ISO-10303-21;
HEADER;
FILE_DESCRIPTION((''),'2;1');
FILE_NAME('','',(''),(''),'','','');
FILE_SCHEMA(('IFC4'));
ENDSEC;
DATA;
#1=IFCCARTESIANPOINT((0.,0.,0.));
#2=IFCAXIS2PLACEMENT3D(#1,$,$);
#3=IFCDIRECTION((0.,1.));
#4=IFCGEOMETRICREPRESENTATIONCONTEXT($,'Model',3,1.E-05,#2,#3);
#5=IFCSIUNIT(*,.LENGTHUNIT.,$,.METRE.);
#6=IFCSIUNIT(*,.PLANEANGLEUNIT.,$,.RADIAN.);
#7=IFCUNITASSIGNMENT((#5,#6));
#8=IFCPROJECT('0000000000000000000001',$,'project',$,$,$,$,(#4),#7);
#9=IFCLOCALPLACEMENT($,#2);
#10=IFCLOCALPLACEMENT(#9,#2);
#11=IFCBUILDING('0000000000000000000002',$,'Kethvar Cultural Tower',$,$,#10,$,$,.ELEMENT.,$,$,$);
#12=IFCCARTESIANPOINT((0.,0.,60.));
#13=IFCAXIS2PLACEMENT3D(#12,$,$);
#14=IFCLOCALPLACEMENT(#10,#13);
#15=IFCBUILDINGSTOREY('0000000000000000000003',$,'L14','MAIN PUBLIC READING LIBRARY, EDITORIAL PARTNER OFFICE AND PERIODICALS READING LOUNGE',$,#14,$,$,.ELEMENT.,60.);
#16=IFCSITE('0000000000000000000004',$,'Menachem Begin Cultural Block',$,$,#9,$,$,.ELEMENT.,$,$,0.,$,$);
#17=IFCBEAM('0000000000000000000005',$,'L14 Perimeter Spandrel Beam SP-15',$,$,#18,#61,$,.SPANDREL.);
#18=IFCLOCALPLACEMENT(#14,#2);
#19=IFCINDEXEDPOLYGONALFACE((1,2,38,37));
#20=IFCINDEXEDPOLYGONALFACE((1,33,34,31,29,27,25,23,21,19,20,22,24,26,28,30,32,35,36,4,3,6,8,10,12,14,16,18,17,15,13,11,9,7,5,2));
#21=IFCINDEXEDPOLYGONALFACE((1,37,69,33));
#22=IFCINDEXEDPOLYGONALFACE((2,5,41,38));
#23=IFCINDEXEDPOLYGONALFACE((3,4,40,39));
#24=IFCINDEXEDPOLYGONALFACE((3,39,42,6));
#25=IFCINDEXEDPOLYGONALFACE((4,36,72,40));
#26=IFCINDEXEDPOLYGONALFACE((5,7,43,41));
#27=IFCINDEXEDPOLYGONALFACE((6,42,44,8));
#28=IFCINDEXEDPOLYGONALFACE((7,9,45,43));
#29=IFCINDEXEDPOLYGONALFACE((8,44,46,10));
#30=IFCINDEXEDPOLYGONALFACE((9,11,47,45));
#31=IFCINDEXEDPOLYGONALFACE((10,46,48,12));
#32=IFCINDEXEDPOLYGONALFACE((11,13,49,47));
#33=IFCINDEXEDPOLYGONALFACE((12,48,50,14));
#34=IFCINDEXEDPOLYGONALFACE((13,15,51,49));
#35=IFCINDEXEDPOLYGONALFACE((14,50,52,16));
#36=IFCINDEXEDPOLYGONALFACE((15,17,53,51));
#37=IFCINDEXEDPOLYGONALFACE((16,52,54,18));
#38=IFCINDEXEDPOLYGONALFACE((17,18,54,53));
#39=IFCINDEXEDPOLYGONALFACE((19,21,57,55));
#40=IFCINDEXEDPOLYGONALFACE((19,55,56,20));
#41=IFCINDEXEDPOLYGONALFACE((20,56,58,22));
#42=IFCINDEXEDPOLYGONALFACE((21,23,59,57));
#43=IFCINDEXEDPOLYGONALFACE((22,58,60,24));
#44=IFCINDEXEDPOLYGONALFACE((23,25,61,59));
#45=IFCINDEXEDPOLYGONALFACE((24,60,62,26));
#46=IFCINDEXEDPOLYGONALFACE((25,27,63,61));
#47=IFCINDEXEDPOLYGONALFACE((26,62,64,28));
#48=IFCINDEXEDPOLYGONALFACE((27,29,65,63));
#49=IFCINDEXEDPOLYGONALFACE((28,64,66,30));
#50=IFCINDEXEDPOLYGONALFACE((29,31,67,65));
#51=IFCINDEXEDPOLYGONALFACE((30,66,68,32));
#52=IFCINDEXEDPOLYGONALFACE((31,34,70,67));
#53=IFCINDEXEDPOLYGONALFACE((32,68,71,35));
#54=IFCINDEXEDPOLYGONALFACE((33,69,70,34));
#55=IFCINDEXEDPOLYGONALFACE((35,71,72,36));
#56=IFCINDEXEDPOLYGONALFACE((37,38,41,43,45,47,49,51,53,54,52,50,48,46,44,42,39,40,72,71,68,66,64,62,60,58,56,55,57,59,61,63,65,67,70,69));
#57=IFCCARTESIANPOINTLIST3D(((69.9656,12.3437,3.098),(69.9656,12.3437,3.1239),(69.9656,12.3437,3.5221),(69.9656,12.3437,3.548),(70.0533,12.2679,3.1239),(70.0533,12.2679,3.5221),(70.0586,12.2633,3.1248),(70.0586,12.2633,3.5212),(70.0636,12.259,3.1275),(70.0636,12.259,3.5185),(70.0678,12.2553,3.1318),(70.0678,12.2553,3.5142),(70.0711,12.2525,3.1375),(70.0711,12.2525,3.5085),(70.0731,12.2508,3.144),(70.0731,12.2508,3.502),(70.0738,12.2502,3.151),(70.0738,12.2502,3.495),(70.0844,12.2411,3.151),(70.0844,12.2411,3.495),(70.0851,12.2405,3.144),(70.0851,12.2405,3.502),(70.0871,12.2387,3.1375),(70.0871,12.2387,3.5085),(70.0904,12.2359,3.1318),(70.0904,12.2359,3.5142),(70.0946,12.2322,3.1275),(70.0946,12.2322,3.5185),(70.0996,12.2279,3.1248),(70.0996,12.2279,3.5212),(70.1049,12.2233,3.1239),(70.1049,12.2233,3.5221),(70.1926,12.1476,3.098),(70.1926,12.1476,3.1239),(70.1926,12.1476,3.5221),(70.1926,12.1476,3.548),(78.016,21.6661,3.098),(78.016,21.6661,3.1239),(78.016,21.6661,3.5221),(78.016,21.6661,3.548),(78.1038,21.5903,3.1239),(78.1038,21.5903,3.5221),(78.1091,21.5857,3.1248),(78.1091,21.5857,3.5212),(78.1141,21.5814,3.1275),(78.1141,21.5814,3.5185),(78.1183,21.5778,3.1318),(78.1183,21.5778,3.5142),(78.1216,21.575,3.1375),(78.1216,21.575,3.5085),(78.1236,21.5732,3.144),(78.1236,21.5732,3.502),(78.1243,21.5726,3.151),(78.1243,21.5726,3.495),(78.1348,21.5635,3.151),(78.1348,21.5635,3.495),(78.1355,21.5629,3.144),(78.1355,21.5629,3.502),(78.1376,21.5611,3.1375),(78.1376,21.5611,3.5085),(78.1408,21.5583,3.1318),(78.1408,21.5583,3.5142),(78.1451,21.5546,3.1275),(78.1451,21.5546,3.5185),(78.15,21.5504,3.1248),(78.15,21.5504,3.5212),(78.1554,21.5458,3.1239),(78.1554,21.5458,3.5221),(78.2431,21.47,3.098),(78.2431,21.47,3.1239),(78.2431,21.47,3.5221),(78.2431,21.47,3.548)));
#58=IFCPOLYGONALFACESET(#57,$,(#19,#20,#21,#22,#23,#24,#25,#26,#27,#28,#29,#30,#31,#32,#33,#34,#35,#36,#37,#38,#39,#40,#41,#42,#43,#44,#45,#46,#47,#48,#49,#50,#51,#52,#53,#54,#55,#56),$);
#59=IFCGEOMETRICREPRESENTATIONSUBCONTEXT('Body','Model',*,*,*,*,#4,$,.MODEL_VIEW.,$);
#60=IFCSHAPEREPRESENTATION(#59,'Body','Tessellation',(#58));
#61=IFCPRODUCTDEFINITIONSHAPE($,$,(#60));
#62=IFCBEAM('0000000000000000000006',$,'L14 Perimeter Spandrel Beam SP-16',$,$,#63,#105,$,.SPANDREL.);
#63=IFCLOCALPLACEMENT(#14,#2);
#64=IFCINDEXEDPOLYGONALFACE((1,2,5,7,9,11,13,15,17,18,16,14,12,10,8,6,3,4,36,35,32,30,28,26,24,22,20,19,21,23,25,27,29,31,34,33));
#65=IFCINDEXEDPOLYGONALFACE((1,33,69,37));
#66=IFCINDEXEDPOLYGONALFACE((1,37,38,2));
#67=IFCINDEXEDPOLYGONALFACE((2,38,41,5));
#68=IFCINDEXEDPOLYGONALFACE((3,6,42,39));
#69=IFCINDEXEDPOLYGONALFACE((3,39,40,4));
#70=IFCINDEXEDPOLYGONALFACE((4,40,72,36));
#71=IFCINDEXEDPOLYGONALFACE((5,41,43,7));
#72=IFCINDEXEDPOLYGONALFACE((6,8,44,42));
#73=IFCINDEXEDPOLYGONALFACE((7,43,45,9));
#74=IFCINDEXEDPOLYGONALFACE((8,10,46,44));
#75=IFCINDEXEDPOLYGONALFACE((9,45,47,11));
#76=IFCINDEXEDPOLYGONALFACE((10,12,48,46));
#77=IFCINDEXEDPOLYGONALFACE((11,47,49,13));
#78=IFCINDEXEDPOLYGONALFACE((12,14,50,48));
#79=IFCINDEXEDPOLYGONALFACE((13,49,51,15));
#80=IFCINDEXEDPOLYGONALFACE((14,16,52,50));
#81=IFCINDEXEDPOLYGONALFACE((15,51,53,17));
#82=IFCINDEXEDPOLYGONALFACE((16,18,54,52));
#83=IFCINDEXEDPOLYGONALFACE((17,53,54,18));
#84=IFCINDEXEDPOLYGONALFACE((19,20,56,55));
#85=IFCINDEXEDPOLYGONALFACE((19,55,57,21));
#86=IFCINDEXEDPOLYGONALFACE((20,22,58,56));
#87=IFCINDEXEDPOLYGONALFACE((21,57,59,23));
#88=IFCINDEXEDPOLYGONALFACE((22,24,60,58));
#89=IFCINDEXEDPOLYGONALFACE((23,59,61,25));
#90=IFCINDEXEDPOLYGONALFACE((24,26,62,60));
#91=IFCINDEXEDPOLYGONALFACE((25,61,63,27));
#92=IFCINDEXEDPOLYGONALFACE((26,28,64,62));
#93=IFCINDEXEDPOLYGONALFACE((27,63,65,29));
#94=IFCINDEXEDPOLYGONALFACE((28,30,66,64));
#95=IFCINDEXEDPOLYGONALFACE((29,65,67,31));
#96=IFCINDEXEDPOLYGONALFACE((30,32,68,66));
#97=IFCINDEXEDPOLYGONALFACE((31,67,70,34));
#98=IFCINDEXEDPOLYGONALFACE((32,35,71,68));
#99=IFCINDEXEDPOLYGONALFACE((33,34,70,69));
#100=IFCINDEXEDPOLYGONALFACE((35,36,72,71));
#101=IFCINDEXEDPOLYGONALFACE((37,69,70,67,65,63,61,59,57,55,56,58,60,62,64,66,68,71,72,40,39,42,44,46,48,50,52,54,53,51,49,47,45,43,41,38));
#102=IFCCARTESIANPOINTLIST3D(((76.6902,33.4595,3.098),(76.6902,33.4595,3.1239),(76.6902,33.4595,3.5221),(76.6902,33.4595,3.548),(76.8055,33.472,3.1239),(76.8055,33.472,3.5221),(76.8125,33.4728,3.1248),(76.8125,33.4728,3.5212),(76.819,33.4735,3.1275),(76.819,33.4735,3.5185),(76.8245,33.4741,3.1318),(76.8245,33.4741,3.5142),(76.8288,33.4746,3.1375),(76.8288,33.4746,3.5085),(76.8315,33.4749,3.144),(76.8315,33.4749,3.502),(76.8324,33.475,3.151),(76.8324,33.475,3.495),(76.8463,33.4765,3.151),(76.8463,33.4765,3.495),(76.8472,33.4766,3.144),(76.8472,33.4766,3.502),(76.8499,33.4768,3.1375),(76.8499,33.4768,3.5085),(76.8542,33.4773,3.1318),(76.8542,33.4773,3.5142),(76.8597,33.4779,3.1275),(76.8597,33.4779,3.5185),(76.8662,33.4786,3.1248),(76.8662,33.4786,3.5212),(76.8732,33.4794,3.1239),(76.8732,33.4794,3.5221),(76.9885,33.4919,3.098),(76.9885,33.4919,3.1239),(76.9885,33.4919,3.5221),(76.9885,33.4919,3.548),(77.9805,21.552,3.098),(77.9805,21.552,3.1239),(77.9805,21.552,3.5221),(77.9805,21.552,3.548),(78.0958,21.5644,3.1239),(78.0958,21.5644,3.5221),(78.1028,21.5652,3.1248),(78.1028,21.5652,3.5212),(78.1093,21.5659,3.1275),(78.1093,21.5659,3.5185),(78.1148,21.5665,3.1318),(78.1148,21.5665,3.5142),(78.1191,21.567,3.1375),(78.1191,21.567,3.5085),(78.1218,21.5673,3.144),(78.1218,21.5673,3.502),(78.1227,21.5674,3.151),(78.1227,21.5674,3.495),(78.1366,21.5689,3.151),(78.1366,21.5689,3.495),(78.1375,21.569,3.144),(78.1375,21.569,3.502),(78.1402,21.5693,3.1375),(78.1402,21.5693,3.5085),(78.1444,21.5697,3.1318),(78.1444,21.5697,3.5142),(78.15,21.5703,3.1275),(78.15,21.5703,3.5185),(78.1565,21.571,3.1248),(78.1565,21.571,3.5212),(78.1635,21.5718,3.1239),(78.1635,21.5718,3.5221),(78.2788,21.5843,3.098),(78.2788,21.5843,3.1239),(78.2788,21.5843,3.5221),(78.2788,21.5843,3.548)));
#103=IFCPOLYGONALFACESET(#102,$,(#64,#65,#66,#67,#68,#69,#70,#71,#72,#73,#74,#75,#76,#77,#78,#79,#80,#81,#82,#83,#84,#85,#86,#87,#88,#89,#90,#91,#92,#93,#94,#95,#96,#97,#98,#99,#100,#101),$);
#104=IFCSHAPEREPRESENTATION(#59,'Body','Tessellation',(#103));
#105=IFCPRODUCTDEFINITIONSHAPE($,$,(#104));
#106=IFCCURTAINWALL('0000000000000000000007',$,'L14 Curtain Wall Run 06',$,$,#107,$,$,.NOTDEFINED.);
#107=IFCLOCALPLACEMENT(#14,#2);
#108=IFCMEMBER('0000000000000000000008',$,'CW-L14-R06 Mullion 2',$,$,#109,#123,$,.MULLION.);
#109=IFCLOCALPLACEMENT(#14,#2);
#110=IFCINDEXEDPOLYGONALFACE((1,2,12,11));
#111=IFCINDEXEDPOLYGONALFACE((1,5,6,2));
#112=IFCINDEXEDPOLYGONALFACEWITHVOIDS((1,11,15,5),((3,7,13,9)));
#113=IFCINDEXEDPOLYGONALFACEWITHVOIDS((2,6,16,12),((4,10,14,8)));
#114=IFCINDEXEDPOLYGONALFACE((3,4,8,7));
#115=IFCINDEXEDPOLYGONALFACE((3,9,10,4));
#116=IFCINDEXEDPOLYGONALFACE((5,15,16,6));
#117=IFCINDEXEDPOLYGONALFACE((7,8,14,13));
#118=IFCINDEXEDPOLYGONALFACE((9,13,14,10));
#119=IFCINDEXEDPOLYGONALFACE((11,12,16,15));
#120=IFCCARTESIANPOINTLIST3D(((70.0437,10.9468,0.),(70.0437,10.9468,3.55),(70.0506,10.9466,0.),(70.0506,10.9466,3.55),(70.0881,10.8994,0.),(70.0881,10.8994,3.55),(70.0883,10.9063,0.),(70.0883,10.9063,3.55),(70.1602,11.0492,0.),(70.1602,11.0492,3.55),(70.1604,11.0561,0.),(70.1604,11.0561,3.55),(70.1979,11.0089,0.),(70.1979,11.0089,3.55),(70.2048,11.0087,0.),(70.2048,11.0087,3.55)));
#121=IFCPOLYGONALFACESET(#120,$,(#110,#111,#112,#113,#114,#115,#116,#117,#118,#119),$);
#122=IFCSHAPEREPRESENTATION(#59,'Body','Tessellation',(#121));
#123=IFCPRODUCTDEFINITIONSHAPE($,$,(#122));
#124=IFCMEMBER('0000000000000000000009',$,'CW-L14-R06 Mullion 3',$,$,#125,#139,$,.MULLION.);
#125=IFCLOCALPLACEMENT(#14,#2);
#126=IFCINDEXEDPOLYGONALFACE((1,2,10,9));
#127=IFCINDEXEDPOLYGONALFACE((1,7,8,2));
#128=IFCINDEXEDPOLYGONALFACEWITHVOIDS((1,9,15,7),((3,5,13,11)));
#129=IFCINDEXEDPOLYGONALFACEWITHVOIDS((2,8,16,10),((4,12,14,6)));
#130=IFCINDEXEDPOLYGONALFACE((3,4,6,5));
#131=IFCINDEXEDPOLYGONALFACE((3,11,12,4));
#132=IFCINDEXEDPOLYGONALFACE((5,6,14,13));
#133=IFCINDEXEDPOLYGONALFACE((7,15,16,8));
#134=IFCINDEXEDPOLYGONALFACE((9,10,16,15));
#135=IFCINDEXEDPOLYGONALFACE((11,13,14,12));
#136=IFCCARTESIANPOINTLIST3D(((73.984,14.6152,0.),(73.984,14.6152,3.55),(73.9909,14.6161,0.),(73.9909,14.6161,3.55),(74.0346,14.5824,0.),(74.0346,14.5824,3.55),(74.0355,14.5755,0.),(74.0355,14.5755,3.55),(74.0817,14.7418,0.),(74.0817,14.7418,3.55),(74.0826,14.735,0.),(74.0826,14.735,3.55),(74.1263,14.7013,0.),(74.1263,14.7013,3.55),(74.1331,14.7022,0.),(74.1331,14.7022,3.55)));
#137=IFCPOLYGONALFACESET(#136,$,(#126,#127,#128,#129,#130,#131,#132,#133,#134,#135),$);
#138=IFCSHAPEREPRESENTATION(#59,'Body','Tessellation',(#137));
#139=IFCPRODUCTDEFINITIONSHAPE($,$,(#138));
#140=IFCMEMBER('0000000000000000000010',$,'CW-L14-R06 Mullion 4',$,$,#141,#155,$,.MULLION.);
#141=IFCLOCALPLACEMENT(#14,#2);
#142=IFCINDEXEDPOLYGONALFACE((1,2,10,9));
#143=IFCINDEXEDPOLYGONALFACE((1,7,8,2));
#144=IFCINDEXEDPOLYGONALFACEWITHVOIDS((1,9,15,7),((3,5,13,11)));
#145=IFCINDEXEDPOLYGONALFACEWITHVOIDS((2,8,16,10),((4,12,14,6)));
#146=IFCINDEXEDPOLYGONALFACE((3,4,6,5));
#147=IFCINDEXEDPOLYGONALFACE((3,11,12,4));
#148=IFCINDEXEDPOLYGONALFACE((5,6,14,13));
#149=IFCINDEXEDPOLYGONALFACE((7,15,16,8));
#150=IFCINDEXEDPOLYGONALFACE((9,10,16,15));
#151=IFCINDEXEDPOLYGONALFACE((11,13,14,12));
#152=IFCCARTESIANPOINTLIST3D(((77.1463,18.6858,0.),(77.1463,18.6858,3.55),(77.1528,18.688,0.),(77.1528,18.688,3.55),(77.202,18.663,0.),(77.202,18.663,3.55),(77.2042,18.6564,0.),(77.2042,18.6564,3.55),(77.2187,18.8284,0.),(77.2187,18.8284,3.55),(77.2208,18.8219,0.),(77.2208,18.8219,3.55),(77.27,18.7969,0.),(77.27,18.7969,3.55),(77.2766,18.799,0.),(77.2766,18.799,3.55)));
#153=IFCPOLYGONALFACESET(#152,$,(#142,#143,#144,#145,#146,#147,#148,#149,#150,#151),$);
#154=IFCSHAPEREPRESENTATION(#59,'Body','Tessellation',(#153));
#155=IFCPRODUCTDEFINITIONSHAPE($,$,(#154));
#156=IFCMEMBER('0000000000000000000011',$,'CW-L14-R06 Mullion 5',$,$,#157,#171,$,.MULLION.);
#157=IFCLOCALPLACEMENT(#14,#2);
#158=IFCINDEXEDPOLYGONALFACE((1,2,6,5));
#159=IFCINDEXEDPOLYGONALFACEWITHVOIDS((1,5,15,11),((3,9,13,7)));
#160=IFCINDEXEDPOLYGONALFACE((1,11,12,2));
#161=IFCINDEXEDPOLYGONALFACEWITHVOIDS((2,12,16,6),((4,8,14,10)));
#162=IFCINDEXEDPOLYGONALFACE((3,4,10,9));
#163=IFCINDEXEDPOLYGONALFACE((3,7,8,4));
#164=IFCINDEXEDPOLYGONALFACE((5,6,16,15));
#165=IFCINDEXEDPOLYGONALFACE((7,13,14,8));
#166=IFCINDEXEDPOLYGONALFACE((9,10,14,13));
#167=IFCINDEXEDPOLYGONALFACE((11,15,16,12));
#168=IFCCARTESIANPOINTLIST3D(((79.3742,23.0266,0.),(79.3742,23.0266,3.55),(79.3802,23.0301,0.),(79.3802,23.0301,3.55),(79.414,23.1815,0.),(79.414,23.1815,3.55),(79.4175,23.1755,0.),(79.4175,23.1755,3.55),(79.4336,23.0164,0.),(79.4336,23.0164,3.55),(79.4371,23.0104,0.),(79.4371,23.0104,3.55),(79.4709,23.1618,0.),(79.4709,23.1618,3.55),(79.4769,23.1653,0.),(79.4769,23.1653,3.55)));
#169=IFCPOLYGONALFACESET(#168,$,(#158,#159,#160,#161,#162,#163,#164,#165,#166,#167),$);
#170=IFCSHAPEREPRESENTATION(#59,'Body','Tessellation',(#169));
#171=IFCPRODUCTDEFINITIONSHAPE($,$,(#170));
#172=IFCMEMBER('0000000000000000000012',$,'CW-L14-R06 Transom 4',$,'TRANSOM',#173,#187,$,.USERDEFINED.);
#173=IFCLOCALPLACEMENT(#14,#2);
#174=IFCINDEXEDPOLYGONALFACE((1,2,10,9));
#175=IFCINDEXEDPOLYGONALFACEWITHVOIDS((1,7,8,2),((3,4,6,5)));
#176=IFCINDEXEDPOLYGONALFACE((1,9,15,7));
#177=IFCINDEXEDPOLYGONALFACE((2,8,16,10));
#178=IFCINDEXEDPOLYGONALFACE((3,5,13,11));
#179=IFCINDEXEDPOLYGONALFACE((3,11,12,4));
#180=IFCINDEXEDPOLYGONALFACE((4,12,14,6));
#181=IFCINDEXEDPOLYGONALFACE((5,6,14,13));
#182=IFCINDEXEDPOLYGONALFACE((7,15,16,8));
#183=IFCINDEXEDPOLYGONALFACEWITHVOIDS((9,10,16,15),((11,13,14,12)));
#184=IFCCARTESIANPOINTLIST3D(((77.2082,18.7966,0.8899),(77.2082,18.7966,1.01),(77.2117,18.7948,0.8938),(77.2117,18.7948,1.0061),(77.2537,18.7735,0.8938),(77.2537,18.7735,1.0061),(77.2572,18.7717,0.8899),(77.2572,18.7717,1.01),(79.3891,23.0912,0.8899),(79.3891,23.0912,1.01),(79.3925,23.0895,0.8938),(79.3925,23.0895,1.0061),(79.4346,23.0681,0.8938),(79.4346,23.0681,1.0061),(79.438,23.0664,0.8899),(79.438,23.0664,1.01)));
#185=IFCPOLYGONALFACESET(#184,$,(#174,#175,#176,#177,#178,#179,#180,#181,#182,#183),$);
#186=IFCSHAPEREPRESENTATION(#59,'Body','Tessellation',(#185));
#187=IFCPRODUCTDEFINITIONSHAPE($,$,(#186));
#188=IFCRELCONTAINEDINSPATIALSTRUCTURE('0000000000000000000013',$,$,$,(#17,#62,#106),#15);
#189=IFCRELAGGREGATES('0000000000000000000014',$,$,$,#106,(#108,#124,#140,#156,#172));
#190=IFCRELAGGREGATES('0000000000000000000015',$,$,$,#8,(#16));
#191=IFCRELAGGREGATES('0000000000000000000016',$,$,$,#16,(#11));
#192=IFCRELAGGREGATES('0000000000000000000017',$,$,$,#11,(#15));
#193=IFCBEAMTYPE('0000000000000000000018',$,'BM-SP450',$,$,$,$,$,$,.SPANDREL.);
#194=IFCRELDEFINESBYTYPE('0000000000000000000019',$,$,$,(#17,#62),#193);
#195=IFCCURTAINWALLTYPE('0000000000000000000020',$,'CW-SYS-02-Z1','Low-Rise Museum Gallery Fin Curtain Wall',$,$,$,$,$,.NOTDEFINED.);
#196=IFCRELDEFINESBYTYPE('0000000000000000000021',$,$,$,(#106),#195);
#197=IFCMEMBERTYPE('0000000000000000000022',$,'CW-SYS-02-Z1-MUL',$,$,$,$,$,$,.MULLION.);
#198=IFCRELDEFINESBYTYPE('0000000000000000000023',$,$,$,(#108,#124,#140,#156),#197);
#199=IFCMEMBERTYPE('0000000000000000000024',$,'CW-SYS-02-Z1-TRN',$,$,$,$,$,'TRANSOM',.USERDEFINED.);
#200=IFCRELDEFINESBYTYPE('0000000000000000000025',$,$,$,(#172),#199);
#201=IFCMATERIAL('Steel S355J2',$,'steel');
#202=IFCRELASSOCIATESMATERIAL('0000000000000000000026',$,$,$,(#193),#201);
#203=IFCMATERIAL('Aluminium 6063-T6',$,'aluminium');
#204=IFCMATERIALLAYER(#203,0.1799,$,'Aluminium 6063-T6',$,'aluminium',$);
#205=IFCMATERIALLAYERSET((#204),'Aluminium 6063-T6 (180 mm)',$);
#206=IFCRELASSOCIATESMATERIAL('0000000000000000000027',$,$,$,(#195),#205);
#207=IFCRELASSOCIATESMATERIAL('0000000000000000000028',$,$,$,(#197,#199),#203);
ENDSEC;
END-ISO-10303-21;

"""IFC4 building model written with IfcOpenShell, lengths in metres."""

from ifc_helpers import new_model, si_unit, direction, frame, origin, origin_2d, place, context, subcontext, project, spatial, hollow_rectangle, i_section, extrude, source, transform, mapped, material, layer, layer_set, material_profile, profile_set, type_object, element, aggregate, save


model = new_model("IFC4")

# Units and contexts
model_context = context("Model", 3, precision=1e-05, world=origin(), true_north=direction((0.0, 1.0)))
body_context = subcontext(model_context, "Body", "Model", "MODEL_VIEW")
ifc_project = project(units=[si_unit("LENGTHUNIT", "METRE"), si_unit("PLANEANGLEUNIT", "RADIAN")], contexts=[model_context])

# Site, building, storey
site_placement = place(None, origin())
site = spatial("IfcSite", under=ifc_project, at=site_placement, Name="Menachem Begin Cultural Block", CompositionType="ELEMENT", RefElevation=0.0)
building_placement = place(site_placement, origin())
building = spatial("IfcBuilding", under=site, at=building_placement, Name="Kethvar Cultural Tower", CompositionType="ELEMENT")
storey_placement = place(building_placement, frame((0.0, 0.0, 60.0)))
storey = spatial("IfcBuildingStorey", under=building, at=storey_placement, Name="L14", Description="MAIN PUBLIC READING LIBRARY, EDITORIAL PARTNER OFFICE AND PERIODICALS READING LOUNGE", CompositionType="ELEMENT", Elevation=60.0)

# Beams
ifc_material_1 = material(Name="Steel S355J2", Category="steel")
ifc_material_profile_1 = material_profile(ifc_material_1, i_section(OverallWidth=0.3, OverallDepth=0.45, WebThickness=0.0139, FlangeThickness=0.0259, FilletRadius=0.0271, at=origin_2d()), Name="Steel S355J2 — HEB450")
ifc_profile_set_1 = profile_set([ifc_material_profile_1], Name="Steel S355J2 — HEB450")
beam_type_1 = type_object("IfcBeamType", Name="BM-SP450", PredefinedType="SPANDREL", material=ifc_profile_set_1)
shared_shape_1 = source(origin(), body_context, "Body", "SweptSolid", [
    extrude(i_section(OverallWidth=0.3, OverallDepth=0.45, WebThickness=0.0139, FlangeThickness=0.0259, FilletRadius=0.0271, at=origin_2d()), origin(), (0.0, 0.0, 1.0), 12.3174),
])
beam_1_placement = place(storey_placement, frame((70.0791, 12.2456, 3.323), z_axis=(0.653586, 0.756852, 0.0), x_axis=(-0.756852, 0.653586, 0.0)))
element("IfcBeam", 1, at=beam_1_placement, inside=storey, type_object=beam_type_1, Name="L14 Perimeter Spandrel Beam SP-15", PredefinedType="SPANDREL", context=body_context, shape_type="MappedRepresentation", body=[
    mapped(shared_shape_1, transform((0.0, 0.0, 0.0), scale=1.0)),
])
shared_shape_2 = source(origin(), body_context, "Body", "SweptSolid", [
    extrude(i_section(OverallWidth=0.3, OverallDepth=0.45, WebThickness=0.0139, FlangeThickness=0.0259, FilletRadius=0.0271, at=origin_2d()), origin(), (0.0, 0.0, 1.0), 11.9773),
])
beam_2_placement = place(storey_placement, frame((78.1296, 21.5681, 3.323), z_axis=(-0.107729, 0.99418, 0.0), x_axis=(-0.99418, -0.107729, 0.0)))
element("IfcBeam", 2, at=beam_2_placement, inside=storey, type_object=beam_type_1, Name="L14 Perimeter Spandrel Beam SP-16", PredefinedType="SPANDREL", context=body_context, shape_type="MappedRepresentation", body=[
    mapped(shared_shape_2, transform((0.0, 0.0, 0.0), scale=1.0)),
])

# Curtain wall, members
ifc_material_2 = material(Name="Aluminium 6063-T6", Category="aluminium")
ifc_layer_1 = layer(ifc_material_2, 0.1799, Name="Aluminium 6063-T6", Category="aluminium")
ifc_layer_set_1 = layer_set([ifc_layer_1], Name="Aluminium 6063-T6 (180 mm)")
curtain_wall_type = type_object("IfcCurtainWallType", Name="CW-SYS-02-Z1", Description="Low-Rise Museum Gallery Fin Curtain Wall", PredefinedType="NOTDEFINED", material=ifc_layer_set_1)
curtain_wall_placement = place(storey_placement, origin())
curtain_wall = element("IfcCurtainWall", 3, at=curtain_wall_placement, inside=storey, type_object=curtain_wall_type, Name="L14 Curtain Wall Run 06", PredefinedType="NOTDEFINED")
ifc_material_profile_2 = material_profile(ifc_material_2, hollow_rectangle(XDim=0.0649, YDim=0.1599, WallThickness=0.0049, at=origin_2d()), Name="Aluminium 6063-T6 — RHS160x65x5")
ifc_profile_set_2 = profile_set([ifc_material_profile_2], Name="Aluminium 6063-T6 — RHS160x65x5")
member_type_1 = type_object("IfcMemberType", Name="CW-SYS-02-Z1-MUL", PredefinedType="MULLION", material=ifc_profile_set_2)
shared_shape_3 = source(origin(), body_context, "Body", "SweptSolid", [
    extrude(hollow_rectangle(XDim=0.0649, YDim=0.1599, WallThickness=0.0049, at=origin_2d()), origin(), (0.0, 0.0, 1.0), 3.55),
])
member_1_placement = place(storey_placement, frame((70.1243, 10.9778, 0.0), z_axis=(0.0, 0.0, 1.0), x_axis=(-0.683414, 0.730031, 0.0)))
member_1 = element("IfcMember", 4, at=member_1_placement, type_object=member_type_1, Name="CW-L14-R06 Mullion 2", PredefinedType="MULLION", context=body_context, shape_type="MappedRepresentation", body=[
    mapped(shared_shape_3, transform((0.0, 0.0, 0.0), scale=1.0)),
])
member_2_placement = place(storey_placement, frame((74.0586, 14.6587, 0.0), z_axis=(0.0, 0.0, 1.0), x_axis=(-0.7918, 0.610781, 0.0)))
member_2 = element("IfcMember", 5, at=member_2_placement, type_object=member_type_1, Name="CW-L14-R06 Mullion 3", PredefinedType="MULLION", context=body_context, shape_type="MappedRepresentation", body=[
    mapped(shared_shape_3, transform((0.0, 0.0, 0.0), scale=1.0)),
])
member_3_placement = place(storey_placement, frame((77.2114, 18.7424, 0.0), z_axis=(0.0, 0.0, 1.0), x_axis=(-0.891608, 0.452808, 0.0)))
member_3 = element("IfcMember", 6, at=member_3_placement, type_object=member_type_1, Name="CW-L14-R06 Mullion 4", PredefinedType="MULLION", context=body_context, shape_type="MappedRepresentation", body=[
    mapped(shared_shape_3, transform((0.0, 0.0, 0.0), scale=1.0)),
])
member_4_placement = place(storey_placement, frame((79.4255, 23.0959, 0.0), z_axis=(0.0, 0.0, 1.0), x_axis=(-0.968635, 0.248487, 0.0)))
member_4 = element("IfcMember", 7, at=member_4_placement, type_object=member_type_1, Name="CW-L14-R06 Mullion 5", PredefinedType="MULLION", context=body_context, shape_type="MappedRepresentation", body=[
    mapped(shared_shape_3, transform((0.0, 0.0, 0.0), scale=1.0)),
])
ifc_material_profile_3 = material_profile(ifc_material_2, hollow_rectangle(XDim=0.0549, YDim=0.1201, WallThickness=0.0039, at=origin_2d()), Name="Aluminium 6063-T6 — RHS120x55x4")
ifc_profile_set_3 = profile_set([ifc_material_profile_3], Name="Aluminium 6063-T6 — RHS120x55x4")
member_type_2 = type_object("IfcMemberType", Name="CW-SYS-02-Z1-TRN", ElementType="TRANSOM", PredefinedType="USERDEFINED", material=ifc_profile_set_3)
shared_shape_4 = source(origin(), body_context, "Body", "SweptSolid", [
    extrude(hollow_rectangle(XDim=0.0549, YDim=0.1201, WallThickness=0.0039, at=origin_2d()), origin(), (0.0, 0.0, 1.0), 4.8167),
])
member_5_placement = place(storey_placement, frame((77.2327, 18.7842, 0.95), z_axis=(0.45278, 0.891622, 0.0), x_axis=(-0.891622, 0.45278, 0.0)))
member_5 = element("IfcMember", 8, at=member_5_placement, type_object=member_type_2, Name="CW-L14-R06 Transom 4", ObjectType="TRANSOM", PredefinedType="USERDEFINED", context=body_context, shape_type="MappedRepresentation", body=[
    mapped(shared_shape_4, transform((0.0, 0.0, 0.0), scale=1.0)),
])
aggregate(curtain_wall, [member_1, member_2, member_3, member_4, member_5])

save(model, "model.ifc")
